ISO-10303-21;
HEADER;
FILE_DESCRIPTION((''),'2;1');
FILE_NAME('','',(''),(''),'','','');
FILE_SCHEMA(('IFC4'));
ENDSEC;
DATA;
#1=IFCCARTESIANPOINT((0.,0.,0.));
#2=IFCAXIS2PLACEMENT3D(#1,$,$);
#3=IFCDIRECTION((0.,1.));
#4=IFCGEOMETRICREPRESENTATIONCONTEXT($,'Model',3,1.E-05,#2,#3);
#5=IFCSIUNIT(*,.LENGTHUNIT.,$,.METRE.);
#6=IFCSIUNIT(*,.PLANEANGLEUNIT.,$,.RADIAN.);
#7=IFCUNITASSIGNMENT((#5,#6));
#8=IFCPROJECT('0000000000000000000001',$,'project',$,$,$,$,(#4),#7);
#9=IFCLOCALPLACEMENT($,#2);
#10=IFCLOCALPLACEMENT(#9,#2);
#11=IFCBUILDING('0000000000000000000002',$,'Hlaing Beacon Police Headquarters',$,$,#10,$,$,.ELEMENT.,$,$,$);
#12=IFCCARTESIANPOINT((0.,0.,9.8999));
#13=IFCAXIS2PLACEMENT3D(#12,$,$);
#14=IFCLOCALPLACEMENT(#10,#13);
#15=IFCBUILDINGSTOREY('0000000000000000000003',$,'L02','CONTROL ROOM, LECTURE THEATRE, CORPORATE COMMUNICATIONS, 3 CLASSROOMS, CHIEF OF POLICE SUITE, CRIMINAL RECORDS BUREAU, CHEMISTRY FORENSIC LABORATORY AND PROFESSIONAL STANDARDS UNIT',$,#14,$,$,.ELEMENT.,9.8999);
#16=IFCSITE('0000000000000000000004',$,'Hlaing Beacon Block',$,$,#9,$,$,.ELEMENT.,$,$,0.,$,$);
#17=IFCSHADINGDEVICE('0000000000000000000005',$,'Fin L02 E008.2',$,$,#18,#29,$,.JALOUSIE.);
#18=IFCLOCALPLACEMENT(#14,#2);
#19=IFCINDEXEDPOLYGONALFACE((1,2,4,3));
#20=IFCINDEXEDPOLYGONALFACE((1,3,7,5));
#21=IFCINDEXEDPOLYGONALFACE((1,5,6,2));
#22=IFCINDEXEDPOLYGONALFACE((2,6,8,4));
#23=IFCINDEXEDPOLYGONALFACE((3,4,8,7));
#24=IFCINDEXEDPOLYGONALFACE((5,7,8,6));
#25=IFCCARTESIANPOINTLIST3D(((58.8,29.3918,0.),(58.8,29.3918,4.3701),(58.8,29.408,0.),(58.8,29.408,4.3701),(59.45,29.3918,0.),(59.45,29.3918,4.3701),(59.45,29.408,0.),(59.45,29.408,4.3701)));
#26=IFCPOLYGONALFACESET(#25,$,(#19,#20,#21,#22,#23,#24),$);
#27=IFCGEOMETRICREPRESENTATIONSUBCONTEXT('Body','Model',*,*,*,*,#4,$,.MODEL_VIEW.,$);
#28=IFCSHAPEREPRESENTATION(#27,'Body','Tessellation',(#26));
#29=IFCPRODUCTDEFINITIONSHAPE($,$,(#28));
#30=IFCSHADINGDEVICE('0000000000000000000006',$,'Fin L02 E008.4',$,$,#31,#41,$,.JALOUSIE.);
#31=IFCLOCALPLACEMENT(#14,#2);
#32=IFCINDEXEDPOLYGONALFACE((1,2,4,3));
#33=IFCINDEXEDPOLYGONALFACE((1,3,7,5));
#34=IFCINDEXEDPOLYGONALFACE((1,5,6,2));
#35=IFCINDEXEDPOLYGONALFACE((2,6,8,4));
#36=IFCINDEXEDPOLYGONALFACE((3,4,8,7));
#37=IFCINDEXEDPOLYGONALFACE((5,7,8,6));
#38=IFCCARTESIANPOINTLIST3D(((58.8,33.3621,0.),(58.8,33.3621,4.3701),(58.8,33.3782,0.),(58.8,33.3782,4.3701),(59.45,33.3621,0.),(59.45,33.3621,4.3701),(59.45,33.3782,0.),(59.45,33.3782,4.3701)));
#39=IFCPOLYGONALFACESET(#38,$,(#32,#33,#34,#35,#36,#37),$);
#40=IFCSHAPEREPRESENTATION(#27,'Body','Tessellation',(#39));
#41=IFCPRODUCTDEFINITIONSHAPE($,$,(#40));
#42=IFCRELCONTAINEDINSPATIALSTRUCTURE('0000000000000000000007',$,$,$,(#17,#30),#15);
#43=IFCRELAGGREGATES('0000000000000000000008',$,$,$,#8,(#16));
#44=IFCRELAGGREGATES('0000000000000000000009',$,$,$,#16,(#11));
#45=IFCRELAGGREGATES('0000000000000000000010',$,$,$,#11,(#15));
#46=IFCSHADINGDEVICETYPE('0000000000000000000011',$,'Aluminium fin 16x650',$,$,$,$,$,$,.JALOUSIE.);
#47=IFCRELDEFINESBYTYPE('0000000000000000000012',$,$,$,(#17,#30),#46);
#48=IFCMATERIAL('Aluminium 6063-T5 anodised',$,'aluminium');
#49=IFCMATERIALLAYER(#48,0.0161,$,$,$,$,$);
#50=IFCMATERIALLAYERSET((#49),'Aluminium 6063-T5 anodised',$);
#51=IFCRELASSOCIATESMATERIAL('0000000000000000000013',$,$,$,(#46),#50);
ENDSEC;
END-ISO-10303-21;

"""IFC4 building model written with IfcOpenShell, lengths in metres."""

from ifc_helpers import new_model, si_unit, direction, frame, origin, origin_2d, place, context, subcontext, project, spatial, rectangle, extrude, material, layer, layer_set, type_object, element, save


model = new_model("IFC4")

# Units and contexts
model_context = context("Model", 3, precision=1e-05, world=origin(), true_north=direction((0.0, 1.0)))
body_context = subcontext(model_context, "Body", "Model", "MODEL_VIEW")
ifc_project = project(units=[si_unit("LENGTHUNIT", "METRE"), si_unit("PLANEANGLEUNIT", "RADIAN")], contexts=[model_context])

# Site, building, storey
site_placement = place(None, origin())
site = spatial("IfcSite", under=ifc_project, at=site_placement, Name="Hlaing Beacon Block", CompositionType="ELEMENT", RefElevation=0.0)
building_placement = place(site_placement, origin())
building = spatial("IfcBuilding", under=site, at=building_placement, Name="Hlaing Beacon Police Headquarters", CompositionType="ELEMENT")
storey_placement = place(building_placement, frame((0.0, 0.0, 9.8999)))
storey = spatial("IfcBuildingStorey", under=building, at=storey_placement, Name="L02", Description="CONTROL ROOM, LECTURE THEATRE, CORPORATE COMMUNICATIONS, 3 CLASSROOMS, CHIEF OF POLICE SUITE, CRIMINAL RECORDS BUREAU, CHEMISTRY FORENSIC LABORATORY AND PROFESSIONAL STANDARDS UNIT", CompositionType="ELEMENT", Elevation=9.8999)

# Shading devices
ifc_material_1 = material(Name="Aluminium 6063-T5 anodised", Category="aluminium")
ifc_layer_1 = layer(ifc_material_1, 0.0161)
ifc_layer_set_1 = layer_set([ifc_layer_1], Name="Aluminium 6063-T5 anodised")
shading_device_type_1 = type_object("IfcShadingDeviceType", Name="Aluminium fin 16x650", PredefinedType="JALOUSIE", material=ifc_layer_set_1)
for number, where, z_axis, x_axis, name in (
    (1, (59.125, 29.3999, 0.0), (0.0, 0.0, 1.0), (0.0, 1.0, 0.0), "Fin L02 E008.2"),
    (2, (59.125, 33.3701, 0.0), (0.0, 0.0, 1.0), (0.0, 1.0, 0.0), "Fin L02 E008.4"),
):
    element("IfcShadingDevice", number, at=place(storey_placement, frame(where, z_axis=z_axis, x_axis=x_axis)), inside=storey, type_object=shading_device_type_1, Name=name, PredefinedType="JALOUSIE", context=body_context, shape_type="SweptSolid", body=[
        extrude(rectangle(XDim=0.0161, YDim=0.6499, at=origin_2d()), origin(), (0.0, 0.0, 1.0), 4.3701),
    ])

save(model, "model.ifc")
